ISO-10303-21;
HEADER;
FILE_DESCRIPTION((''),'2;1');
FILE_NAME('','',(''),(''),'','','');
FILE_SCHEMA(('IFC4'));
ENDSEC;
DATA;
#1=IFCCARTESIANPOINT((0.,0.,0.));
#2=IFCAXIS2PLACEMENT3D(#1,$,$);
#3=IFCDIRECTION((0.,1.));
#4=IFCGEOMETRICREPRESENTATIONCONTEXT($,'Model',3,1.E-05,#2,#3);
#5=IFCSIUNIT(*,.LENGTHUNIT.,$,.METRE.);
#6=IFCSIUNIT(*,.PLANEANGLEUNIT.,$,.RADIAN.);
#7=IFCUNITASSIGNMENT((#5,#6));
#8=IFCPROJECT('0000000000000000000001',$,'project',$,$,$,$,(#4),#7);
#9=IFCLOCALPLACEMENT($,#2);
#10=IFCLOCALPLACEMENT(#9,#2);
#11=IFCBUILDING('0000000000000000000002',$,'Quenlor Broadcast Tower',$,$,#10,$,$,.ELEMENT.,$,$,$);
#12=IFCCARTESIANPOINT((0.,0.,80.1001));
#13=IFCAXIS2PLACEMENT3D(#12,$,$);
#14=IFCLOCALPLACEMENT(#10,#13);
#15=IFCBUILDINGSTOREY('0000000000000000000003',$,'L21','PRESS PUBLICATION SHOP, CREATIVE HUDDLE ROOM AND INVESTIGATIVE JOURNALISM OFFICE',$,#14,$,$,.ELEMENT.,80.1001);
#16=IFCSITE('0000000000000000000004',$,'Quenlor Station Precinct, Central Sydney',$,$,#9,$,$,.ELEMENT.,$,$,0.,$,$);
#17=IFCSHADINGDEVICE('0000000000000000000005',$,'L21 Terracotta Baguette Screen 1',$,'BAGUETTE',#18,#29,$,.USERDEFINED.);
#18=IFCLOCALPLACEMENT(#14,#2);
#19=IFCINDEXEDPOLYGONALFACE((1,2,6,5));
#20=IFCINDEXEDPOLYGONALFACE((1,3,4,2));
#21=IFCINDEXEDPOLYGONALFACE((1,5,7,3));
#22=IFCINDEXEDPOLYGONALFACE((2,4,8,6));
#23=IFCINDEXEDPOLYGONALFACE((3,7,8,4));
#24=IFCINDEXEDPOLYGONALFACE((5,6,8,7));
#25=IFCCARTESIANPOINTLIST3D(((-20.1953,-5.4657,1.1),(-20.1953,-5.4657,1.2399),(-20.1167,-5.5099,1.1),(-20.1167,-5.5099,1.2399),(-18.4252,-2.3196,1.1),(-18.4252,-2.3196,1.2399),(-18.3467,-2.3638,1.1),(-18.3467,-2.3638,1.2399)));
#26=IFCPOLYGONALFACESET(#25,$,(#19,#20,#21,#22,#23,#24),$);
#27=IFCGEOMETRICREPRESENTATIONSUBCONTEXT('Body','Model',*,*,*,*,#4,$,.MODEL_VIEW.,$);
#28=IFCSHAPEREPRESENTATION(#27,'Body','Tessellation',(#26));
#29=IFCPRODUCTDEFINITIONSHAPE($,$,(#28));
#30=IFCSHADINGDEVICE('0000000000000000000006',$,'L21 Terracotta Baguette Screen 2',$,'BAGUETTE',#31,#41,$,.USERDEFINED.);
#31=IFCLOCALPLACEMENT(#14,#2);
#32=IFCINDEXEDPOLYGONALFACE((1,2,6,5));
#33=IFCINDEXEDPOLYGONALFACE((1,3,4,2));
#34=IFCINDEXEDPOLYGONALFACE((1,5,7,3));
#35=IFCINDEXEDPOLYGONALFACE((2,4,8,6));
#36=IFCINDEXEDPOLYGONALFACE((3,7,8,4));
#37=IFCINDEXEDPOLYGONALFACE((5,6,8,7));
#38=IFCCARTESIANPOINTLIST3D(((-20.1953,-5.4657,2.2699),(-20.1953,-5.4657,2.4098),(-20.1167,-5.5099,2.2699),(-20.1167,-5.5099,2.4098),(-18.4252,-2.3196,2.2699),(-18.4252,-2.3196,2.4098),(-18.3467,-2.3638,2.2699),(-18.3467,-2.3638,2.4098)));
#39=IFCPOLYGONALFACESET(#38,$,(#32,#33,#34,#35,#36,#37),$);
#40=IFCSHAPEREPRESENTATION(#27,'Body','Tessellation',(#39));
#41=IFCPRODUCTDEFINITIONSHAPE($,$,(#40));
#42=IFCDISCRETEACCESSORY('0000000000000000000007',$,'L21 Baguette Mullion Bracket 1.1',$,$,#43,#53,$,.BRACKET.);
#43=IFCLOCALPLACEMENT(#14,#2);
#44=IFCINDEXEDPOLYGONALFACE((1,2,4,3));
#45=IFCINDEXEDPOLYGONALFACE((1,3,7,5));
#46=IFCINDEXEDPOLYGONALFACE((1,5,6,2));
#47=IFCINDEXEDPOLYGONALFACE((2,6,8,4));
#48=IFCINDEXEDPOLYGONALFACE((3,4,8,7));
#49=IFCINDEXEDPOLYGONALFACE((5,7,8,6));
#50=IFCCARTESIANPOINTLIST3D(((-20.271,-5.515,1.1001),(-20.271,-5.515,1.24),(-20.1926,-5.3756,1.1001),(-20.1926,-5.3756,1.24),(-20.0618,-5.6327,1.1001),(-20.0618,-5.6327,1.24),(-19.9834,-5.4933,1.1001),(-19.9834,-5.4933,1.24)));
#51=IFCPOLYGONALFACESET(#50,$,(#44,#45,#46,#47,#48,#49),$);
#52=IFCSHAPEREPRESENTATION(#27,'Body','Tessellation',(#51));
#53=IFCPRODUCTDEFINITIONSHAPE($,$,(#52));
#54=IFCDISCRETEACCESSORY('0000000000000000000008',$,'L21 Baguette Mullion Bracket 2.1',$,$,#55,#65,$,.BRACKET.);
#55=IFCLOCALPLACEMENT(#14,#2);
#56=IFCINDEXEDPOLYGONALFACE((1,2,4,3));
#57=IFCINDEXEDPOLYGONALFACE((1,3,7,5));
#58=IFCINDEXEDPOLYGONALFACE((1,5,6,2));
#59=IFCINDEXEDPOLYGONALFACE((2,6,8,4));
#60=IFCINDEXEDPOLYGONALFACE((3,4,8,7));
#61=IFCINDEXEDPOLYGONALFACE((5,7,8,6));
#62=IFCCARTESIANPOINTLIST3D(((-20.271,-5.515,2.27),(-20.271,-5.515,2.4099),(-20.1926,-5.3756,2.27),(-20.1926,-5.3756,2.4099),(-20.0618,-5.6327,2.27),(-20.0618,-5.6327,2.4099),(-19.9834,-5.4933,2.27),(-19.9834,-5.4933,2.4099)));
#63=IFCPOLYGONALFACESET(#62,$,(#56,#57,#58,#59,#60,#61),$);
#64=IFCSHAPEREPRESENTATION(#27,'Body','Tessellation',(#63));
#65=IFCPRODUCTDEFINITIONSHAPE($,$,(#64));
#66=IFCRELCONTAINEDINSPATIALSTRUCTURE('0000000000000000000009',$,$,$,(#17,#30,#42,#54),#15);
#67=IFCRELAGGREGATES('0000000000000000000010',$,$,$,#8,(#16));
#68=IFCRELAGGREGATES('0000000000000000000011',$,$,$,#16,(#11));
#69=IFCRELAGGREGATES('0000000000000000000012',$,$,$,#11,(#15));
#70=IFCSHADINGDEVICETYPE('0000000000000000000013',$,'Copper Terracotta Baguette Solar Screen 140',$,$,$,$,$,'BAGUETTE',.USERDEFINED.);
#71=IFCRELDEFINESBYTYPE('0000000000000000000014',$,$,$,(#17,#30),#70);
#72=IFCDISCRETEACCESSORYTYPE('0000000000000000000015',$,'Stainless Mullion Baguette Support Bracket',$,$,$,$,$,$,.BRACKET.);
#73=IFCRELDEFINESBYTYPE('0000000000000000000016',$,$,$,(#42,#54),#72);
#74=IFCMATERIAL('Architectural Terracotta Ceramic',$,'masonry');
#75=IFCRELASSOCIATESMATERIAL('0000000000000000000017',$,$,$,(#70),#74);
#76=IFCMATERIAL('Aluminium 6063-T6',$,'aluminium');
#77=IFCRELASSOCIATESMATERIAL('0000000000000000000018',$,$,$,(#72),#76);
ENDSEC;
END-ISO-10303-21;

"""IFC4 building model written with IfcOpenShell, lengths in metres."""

from ifc_helpers import new_model, si_unit, direction, frame, origin, origin_2d, place, context, subcontext, project, spatial, rectangle, extrude, material, material_profile, profile_set, type_object, element, save


model = new_model("IFC4")

# Units and contexts
model_context = context("Model", 3, precision=1e-05, world=origin(), true_north=direction((0.0, 1.0)))
body_context = subcontext(model_context, "Body", "Model", "MODEL_VIEW")
ifc_project = project(units=[si_unit("LENGTHUNIT", "METRE"), si_unit("PLANEANGLEUNIT", "RADIAN")], contexts=[model_context])

# Site, building, storey
site_placement = place(None, origin())
site = spatial("IfcSite", under=ifc_project, at=site_placement, Name="Quenlor Station Precinct, Central Sydney", CompositionType="ELEMENT", RefElevation=0.0)
building_placement = place(site_placement, origin())
building = spatial("IfcBuilding", under=site, at=building_placement, Name="Quenlor Broadcast Tower", CompositionType="ELEMENT")
storey_placement = place(building_placement, frame((0.0, 0.0, 80.1001)))
storey = spatial("IfcBuildingStorey", under=building, at=storey_placement, Name="L21", Description="PRESS PUBLICATION SHOP, CREATIVE HUDDLE ROOM AND INVESTIGATIVE JOURNALISM OFFICE", CompositionType="ELEMENT", Elevation=80.1001)

# Shading devices
ifc_material_1 = material(Name="Architectural Terracotta Ceramic", Category="masonry")
ifc_material_profile_1 = material_profile(ifc_material_1, rectangle(XDim=0.0901, YDim=0.1399, at=origin_2d()))
ifc_profile_set_1 = profile_set([ifc_material_profile_1], Name="Architectural Terracotta Ceramic BAG90x140")
shading_device_type = type_object("IfcShadingDeviceType", Name="Copper Terracotta Baguette Solar Screen 140", ElementType="BAGUETTE", PredefinedType="USERDEFINED", material=ifc_profile_set_1)
for number, where, z_axis, x_axis, name in (
    (1, (-20.156, -5.4878, 1.1699), (0.490345, 0.871529, 0.0), (-0.871529, 0.490345, 0.0), "L21 Terracotta Baguette Screen 1"),
    (2, (-20.156, -5.4878, 2.3398), (0.490345, 0.871529, 0.0), (-0.871529, 0.490345, 0.0), "L21 Terracotta Baguette Screen 2"),
):
    element("IfcShadingDevice", number, at=place(storey_placement, frame(where, z_axis=z_axis, x_axis=x_axis)), inside=storey, type_object=shading_device_type, Name=name, ObjectType="BAGUETTE", PredefinedType="USERDEFINED", context=body_context, shape_type="SweptSolid", body=[
        extrude(rectangle(XDim=0.0901, YDim=0.1399, at=origin_2d()), origin(), (0.0, 0.0, 1.0), 3.6099),
    ])

# Discrete accessories
ifc_material_2 = material(Name="Aluminium 6063-T6", Category="aluminium")
discrete_accessory_type = type_object("IfcDiscreteAccessoryType", Name="Stainless Mullion Baguette Support Bracket", PredefinedType="BRACKET", material=ifc_material_2)
for number, where, z_axis, x_axis, name in (
    (3, (-20.1272, -5.5042, 1.1001), (0.0, 0.0, 1.0), (0.490277, 0.871567, 0.0), "L21 Baguette Mullion Bracket 1.1"),
    (4, (-20.1272, -5.5042, 2.27), (0.0, 0.0, 1.0), (0.490277, 0.871567, 0.0), "L21 Baguette Mullion Bracket 2.1"),
):
    element("IfcDiscreteAccessory", number, at=place(storey_placement, frame(where, z_axis=z_axis, x_axis=x_axis)), inside=storey, type_object=discrete_accessory_type, Name=name, PredefinedType="BRACKET", context=body_context, shape_type="SweptSolid", body=[
        extrude(rectangle(XDim=0.1599, YDim=0.24, at=origin_2d()), origin(), (0.0, 0.0, 1.0), 0.1399),
    ])

save(model, "model.ifc")
